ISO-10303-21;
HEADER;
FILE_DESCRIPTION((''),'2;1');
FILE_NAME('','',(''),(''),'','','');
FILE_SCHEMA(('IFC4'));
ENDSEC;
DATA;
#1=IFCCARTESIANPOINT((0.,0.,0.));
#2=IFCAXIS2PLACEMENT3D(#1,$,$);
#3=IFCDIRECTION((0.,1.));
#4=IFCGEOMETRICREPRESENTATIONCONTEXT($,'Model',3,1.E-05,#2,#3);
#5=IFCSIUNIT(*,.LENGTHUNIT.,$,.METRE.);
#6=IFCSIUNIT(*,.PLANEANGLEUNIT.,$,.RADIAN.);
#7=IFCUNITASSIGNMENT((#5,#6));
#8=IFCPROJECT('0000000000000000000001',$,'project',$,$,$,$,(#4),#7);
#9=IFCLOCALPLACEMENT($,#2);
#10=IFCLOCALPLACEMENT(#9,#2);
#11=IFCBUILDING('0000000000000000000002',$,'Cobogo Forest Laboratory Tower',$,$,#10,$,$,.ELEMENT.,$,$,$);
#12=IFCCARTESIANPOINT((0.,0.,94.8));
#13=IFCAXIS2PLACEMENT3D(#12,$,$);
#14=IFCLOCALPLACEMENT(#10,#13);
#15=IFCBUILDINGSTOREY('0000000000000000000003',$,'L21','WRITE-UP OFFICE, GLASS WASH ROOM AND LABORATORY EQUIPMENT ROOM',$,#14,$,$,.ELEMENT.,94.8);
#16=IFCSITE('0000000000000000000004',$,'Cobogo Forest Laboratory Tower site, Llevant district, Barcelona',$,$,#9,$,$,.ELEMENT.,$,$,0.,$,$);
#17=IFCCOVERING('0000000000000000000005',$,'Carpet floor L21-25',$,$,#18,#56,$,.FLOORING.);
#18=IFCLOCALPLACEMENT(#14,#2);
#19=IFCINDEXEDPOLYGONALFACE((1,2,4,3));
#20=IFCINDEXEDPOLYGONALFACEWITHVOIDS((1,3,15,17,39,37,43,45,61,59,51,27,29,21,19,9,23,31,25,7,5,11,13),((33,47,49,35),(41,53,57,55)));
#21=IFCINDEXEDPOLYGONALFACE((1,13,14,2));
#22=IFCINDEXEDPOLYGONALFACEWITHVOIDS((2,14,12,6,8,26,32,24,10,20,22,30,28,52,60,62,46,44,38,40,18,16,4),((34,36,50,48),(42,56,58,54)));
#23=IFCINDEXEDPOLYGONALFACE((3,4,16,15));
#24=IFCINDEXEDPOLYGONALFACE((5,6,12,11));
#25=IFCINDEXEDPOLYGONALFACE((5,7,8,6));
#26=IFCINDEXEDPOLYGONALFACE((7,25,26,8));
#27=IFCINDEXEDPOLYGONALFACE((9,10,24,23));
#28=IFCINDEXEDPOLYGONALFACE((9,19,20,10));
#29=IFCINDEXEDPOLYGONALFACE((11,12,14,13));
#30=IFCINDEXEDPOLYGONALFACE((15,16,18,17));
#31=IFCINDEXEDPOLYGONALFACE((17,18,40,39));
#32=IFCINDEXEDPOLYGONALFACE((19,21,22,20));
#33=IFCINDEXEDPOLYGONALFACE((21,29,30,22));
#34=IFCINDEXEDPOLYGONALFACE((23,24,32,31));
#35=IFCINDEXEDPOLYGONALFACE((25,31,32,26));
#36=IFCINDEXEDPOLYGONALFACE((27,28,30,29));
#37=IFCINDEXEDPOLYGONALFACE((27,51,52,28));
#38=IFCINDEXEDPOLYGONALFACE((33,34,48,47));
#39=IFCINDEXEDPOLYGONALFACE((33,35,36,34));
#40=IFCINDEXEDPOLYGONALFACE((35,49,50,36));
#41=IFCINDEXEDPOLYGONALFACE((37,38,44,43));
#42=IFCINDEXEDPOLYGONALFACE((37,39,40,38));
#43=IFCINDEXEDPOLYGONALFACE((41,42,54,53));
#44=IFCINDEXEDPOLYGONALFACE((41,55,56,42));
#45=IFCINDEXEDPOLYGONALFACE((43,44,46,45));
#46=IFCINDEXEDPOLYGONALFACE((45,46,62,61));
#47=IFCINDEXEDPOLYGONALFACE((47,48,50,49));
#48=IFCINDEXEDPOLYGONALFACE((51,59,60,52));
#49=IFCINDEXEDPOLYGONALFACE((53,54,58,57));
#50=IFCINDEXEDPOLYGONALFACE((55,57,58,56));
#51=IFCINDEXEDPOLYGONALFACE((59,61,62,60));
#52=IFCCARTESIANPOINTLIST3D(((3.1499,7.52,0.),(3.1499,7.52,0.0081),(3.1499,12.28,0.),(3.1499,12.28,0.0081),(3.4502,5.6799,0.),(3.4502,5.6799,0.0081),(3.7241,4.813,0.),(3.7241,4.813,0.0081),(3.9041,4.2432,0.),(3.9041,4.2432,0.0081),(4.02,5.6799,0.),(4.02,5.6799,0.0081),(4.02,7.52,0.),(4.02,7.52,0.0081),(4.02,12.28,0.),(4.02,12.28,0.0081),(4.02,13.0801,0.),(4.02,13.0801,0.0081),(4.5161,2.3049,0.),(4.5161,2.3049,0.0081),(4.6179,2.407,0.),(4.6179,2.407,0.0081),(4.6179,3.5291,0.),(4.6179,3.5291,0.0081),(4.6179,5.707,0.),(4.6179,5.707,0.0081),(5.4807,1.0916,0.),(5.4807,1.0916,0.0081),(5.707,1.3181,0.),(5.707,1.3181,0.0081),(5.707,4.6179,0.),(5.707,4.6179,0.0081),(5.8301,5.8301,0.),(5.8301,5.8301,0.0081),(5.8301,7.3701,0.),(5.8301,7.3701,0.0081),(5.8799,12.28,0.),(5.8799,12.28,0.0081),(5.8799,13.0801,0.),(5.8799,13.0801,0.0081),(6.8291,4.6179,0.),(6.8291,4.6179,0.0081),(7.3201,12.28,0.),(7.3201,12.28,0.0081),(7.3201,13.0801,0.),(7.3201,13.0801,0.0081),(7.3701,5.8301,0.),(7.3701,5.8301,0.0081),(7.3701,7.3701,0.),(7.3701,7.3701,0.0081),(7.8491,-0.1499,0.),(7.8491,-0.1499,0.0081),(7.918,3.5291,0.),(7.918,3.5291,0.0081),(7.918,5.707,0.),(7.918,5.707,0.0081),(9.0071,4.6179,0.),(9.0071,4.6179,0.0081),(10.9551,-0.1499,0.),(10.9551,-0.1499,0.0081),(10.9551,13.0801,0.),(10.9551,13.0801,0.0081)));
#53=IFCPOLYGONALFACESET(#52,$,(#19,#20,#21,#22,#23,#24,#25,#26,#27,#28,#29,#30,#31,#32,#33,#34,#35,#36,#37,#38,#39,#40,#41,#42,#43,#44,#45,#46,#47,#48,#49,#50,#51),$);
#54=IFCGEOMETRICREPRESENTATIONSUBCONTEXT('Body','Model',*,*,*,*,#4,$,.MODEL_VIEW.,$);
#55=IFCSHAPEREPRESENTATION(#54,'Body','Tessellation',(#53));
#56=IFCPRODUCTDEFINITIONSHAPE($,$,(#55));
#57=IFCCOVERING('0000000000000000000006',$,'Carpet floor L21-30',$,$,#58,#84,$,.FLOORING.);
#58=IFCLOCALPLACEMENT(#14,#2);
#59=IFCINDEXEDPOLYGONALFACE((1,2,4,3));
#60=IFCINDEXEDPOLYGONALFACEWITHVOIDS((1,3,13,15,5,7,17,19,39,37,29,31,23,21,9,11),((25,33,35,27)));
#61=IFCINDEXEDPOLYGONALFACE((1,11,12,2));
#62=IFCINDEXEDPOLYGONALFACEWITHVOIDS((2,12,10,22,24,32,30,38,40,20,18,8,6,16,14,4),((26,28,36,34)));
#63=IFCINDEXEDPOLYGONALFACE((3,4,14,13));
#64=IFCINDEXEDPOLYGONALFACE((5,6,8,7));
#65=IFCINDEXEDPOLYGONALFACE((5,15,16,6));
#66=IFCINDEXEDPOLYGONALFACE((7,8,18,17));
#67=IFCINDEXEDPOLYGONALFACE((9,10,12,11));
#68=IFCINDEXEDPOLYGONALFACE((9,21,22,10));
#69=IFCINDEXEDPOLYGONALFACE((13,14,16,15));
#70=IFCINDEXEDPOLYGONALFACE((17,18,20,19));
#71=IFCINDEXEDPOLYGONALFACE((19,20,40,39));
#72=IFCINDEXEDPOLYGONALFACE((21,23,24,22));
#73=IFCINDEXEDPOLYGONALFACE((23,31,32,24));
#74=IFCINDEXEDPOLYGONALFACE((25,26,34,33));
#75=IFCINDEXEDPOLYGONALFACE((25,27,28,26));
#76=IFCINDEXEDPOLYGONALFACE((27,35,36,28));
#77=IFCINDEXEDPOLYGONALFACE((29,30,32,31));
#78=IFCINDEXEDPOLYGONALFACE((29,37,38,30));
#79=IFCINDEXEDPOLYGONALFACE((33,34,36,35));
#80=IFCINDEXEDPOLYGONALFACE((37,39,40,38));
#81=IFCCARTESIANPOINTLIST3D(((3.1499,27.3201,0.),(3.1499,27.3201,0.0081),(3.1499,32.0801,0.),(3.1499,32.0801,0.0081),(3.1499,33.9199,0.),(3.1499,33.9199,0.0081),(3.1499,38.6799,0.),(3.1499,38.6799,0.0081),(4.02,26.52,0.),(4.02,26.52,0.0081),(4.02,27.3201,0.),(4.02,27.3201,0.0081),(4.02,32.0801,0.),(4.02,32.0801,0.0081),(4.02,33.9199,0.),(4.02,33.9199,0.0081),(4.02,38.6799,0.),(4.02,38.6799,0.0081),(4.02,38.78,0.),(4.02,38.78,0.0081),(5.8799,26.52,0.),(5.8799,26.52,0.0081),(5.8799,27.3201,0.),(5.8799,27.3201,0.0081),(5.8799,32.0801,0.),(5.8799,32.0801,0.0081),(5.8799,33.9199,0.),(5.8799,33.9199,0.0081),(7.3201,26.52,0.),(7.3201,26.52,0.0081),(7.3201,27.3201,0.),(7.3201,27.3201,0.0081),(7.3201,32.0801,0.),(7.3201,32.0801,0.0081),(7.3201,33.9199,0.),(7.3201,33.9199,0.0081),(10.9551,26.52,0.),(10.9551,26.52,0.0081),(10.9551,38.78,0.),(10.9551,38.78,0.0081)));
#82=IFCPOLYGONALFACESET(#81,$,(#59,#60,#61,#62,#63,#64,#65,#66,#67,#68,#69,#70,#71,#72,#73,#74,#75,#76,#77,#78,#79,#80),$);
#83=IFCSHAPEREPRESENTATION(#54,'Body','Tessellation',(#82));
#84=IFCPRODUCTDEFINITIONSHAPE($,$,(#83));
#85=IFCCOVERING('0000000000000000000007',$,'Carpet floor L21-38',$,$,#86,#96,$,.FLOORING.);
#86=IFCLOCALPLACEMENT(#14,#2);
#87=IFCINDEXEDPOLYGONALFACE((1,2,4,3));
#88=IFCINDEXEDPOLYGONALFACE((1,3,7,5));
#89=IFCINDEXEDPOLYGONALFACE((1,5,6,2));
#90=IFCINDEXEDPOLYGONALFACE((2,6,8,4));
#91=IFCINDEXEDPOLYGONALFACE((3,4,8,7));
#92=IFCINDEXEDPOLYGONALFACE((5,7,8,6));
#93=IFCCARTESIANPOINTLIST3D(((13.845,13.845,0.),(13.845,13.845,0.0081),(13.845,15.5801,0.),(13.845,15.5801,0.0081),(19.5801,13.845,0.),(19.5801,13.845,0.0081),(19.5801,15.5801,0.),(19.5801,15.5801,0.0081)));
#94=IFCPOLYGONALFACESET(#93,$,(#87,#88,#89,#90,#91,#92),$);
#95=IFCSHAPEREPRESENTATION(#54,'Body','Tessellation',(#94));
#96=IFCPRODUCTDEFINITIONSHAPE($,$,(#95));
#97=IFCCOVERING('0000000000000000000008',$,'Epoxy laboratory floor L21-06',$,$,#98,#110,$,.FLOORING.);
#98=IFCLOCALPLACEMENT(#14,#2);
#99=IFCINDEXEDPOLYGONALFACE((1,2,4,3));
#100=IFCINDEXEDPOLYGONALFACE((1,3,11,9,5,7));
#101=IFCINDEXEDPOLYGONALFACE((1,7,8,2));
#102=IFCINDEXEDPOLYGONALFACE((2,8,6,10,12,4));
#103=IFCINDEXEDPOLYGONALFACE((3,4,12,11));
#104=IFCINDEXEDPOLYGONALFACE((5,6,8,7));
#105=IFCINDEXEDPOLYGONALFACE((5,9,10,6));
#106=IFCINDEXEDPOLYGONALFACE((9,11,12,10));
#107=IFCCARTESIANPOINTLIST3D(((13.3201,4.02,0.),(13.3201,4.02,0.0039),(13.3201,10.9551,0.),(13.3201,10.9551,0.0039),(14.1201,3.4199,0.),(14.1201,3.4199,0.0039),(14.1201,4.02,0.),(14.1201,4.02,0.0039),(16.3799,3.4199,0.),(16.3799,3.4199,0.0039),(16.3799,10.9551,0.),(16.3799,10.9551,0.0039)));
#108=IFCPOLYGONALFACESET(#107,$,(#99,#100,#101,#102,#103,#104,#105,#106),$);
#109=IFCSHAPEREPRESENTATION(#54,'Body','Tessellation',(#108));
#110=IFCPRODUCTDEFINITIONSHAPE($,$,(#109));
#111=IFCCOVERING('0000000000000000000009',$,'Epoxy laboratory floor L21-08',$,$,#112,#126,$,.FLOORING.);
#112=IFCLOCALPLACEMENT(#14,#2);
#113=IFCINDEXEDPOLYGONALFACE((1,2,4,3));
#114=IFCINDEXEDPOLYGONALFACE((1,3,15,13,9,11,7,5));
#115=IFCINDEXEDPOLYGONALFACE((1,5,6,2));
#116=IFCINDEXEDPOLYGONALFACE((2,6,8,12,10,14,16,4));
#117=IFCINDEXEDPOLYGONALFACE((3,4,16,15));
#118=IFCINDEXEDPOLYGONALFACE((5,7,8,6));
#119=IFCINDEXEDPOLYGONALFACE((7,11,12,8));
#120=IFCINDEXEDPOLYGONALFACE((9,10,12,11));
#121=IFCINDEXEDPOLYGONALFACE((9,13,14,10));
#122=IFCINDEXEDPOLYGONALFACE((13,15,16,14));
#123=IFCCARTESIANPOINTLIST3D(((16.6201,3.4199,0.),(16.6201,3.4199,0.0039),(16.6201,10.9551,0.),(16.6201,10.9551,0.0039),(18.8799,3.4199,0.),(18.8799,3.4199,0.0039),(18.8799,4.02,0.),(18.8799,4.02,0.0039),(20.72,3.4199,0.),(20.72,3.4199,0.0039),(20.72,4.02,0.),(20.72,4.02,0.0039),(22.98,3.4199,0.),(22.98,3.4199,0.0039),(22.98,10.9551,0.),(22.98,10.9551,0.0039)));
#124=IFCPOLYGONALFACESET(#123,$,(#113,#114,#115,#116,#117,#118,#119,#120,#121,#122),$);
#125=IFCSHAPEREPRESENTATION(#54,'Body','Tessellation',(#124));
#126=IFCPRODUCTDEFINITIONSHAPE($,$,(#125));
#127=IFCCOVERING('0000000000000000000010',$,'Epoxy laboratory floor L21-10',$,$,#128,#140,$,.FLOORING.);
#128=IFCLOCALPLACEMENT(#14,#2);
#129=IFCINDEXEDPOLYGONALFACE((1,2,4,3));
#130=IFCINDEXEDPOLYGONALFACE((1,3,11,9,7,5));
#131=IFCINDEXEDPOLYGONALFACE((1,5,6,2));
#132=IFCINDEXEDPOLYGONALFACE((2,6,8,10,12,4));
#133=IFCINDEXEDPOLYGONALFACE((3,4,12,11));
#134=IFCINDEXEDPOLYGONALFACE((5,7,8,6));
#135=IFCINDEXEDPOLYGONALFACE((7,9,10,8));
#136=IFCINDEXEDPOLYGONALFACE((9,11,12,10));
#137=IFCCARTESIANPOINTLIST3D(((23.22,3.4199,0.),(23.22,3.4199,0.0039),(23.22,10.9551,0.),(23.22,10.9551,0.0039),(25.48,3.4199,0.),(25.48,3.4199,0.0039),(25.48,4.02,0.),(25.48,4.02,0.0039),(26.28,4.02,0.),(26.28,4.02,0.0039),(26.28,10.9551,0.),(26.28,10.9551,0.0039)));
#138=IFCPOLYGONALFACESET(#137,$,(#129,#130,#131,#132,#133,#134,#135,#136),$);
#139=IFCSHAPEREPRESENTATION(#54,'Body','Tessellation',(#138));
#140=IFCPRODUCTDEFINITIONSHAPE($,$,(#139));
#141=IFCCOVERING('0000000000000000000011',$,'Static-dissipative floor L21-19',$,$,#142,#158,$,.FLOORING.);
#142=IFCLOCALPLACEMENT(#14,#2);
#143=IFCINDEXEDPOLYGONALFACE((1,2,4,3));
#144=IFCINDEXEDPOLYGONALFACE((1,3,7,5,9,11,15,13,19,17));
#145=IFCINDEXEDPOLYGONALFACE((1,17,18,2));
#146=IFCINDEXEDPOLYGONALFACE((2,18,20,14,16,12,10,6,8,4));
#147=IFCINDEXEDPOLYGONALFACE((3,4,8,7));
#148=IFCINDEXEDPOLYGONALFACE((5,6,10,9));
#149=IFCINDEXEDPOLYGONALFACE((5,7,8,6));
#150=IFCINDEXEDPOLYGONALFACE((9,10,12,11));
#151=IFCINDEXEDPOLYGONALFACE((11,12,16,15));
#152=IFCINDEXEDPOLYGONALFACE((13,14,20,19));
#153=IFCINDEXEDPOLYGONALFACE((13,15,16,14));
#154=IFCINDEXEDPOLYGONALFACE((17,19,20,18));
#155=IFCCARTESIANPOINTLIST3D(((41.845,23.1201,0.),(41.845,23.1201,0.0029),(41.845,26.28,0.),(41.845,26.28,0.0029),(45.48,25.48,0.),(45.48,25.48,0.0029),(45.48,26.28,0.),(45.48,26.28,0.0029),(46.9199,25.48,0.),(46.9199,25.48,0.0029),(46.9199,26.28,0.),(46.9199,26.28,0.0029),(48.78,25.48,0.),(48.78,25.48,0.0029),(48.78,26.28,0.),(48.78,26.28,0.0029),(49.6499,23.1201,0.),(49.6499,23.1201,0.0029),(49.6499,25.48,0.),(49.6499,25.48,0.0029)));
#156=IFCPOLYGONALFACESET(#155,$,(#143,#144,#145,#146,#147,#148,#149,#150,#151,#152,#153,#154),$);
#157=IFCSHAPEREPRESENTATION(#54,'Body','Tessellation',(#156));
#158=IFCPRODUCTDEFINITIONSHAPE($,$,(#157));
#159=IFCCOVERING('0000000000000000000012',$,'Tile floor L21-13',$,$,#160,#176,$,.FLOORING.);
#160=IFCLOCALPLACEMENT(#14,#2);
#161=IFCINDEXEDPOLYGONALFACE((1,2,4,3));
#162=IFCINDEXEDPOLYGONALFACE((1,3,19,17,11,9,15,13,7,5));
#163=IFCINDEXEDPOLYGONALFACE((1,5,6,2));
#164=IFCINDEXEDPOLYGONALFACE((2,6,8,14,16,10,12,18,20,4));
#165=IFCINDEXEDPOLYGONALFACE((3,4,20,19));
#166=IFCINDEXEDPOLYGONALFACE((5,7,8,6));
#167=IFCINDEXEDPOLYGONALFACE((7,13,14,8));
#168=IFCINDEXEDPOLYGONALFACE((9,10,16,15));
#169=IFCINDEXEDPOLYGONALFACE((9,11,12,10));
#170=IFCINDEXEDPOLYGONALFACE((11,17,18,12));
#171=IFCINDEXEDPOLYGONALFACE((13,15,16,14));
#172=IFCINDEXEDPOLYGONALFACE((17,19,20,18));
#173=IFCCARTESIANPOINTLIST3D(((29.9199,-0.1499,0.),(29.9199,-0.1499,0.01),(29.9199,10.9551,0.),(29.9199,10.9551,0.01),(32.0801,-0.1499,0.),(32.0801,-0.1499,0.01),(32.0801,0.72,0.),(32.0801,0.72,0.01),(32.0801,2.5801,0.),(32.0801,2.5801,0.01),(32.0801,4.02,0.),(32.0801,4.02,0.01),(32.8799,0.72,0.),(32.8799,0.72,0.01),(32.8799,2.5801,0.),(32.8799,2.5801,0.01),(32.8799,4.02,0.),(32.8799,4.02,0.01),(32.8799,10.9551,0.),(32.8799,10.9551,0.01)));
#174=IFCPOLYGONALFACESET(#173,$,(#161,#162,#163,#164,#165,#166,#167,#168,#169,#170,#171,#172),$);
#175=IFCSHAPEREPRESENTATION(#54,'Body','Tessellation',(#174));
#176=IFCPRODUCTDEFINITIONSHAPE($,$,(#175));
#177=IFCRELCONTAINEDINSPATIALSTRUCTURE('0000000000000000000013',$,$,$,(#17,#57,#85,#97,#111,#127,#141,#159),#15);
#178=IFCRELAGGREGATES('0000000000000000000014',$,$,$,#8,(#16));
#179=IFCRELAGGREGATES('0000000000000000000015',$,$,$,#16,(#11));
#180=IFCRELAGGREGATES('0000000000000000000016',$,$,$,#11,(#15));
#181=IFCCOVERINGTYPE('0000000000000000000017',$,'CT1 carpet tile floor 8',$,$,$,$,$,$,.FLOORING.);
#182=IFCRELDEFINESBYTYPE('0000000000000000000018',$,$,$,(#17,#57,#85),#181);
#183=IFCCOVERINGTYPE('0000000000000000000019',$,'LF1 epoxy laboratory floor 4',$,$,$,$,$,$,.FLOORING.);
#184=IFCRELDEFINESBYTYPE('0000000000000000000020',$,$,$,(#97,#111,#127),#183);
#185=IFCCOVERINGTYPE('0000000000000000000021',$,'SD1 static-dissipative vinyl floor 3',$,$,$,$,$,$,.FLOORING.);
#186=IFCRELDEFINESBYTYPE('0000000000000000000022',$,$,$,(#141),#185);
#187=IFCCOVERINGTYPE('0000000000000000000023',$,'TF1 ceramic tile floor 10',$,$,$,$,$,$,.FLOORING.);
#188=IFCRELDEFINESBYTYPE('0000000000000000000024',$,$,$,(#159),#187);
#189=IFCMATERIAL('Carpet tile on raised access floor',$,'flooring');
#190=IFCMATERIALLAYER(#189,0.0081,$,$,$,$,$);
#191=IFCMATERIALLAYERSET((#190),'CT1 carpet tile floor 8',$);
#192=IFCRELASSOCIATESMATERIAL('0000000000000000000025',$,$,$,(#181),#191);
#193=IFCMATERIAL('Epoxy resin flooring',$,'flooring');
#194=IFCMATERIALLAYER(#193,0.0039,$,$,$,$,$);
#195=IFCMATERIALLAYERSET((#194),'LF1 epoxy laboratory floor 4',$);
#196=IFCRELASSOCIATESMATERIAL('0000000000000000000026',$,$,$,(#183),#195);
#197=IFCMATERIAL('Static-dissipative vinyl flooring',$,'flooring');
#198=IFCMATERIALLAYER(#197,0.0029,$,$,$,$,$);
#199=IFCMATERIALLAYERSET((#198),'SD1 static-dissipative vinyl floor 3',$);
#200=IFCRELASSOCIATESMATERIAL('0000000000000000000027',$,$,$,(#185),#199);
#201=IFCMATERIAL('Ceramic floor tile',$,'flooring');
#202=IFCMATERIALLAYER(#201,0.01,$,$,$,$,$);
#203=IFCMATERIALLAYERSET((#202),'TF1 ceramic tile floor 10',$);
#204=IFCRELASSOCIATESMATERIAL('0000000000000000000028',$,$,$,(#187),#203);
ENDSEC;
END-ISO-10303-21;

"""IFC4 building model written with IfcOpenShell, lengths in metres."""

from ifc_helpers import new_model, si_unit, direction, frame, origin, place, context, subcontext, project, spatial, polyline, outline, extrude, material, layer, layer_set, type_object, element, save


model = new_model("IFC4")

# Units and contexts
model_context = context("Model", 3, precision=1e-05, world=origin(), true_north=direction((0.0, 1.0)))
body_context = subcontext(model_context, "Body", "Model", "MODEL_VIEW")
ifc_project = project(units=[si_unit("LENGTHUNIT", "METRE"), si_unit("PLANEANGLEUNIT", "RADIAN")], contexts=[model_context])

# Site, building, storey
site_placement = place(None, origin())
site = spatial("IfcSite", under=ifc_project, at=site_placement, Name="Cobogo Forest Laboratory Tower site, Llevant district, Barcelona", CompositionType="ELEMENT", RefElevation=0.0)
building_placement = place(site_placement, origin())
building = spatial("IfcBuilding", under=site, at=building_placement, Name="Cobogo Forest Laboratory Tower", CompositionType="ELEMENT")
storey_placement = place(building_placement, frame((0.0, 0.0, 94.8)))
storey = spatial("IfcBuildingStorey", under=building, at=storey_placement, Name="L21", Description="WRITE-UP OFFICE, GLASS WASH ROOM AND LABORATORY EQUIPMENT ROOM", CompositionType="ELEMENT", Elevation=94.8)

# Coverings
ifc_material_1 = material(Name="Carpet tile on raised access floor", Category="flooring")
ifc_layer_1 = layer(ifc_material_1, 0.0081)
ifc_layer_set_1 = layer_set([ifc_layer_1], Name="CT1 carpet tile floor 8")
covering_type_1 = type_object("IfcCoveringType", Name="CT1 carpet tile floor 8", PredefinedType="FLOORING", material=ifc_layer_set_1)
covering_1_placement = place(storey_placement, origin())
element("IfcCovering", 1, at=covering_1_placement, inside=storey, type_object=covering_type_1, Name="Carpet floor L21-25", PredefinedType="FLOORING", context=body_context, shape_type="SweptSolid", body=[
    extrude(outline(polyline([(3.9041, 4.2432), (4.6179, 3.5291), (5.707, 4.6179), (4.6179, 5.707), (3.7241, 4.813), (3.4502, 5.6799), (4.02, 5.6799), (4.02, 7.52), (3.1499, 7.52), (3.1499, 12.28), (4.02, 12.28), (4.02, 13.0801), (5.8799, 13.0801), (5.8799, 12.28), (7.3201, 12.28), (7.3201, 13.0801), (10.9551, 13.0801), (10.9551, -0.1499), (7.8491, -0.1499), (5.4807, 1.0916), (5.707, 1.3181), (4.6179, 2.407), (4.5161, 2.3049), (3.9041, 4.2432)]), holes=[polyline([(6.8291, 4.6179), (7.918, 3.5291), (9.0071, 4.6179), (7.918, 5.707), (6.8291, 4.6179)]), polyline([(5.8301, 7.3701), (5.8301, 5.8301), (7.3701, 5.8301), (7.3701, 7.3701), (5.8301, 7.3701)])]), origin(), (0.0, 0.0, 1.0), 0.0081),
])
covering_2_placement = place(storey_placement, origin())
element("IfcCovering", 2, at=covering_2_placement, inside=storey, type_object=covering_type_1, Name="Carpet floor L21-30", PredefinedType="FLOORING", context=body_context, shape_type="SweptSolid", body=[
    extrude(outline(polyline([(4.02, 38.78), (10.9551, 38.78), (10.9551, 26.52), (7.3201, 26.52), (7.3201, 27.3201), (5.8799, 27.3201), (5.8799, 26.52), (4.02, 26.52), (4.02, 27.3201), (3.1499, 27.3201), (3.1499, 32.0801), (4.02, 32.0801), (4.02, 33.9199), (3.1499, 33.9199), (3.1499, 38.6799), (4.02, 38.6799), (4.02, 38.78)]), holes=[polyline([(5.8799, 32.0801), (7.3201, 32.0801), (7.3201, 33.9199), (5.8799, 33.9199), (5.8799, 32.0801)])]), origin(), (0.0, 0.0, 1.0), 0.0081),
])
covering_3_placement = place(storey_placement, origin())
element("IfcCovering", 3, at=covering_3_placement, inside=storey, type_object=covering_type_1, Name="Carpet floor L21-38", PredefinedType="FLOORING", context=body_context, shape_type="SweptSolid", body=[
    extrude(outline(polyline([(19.5801, 13.845), (13.845, 13.845), (13.845, 15.5801), (19.5801, 15.5801), (19.5801, 13.845)])), origin(), (0.0, 0.0, 1.0), 0.0081),
])
ifc_material_2 = material(Name="Epoxy resin flooring", Category="flooring")
ifc_layer_2 = layer(ifc_material_2, 0.0039)
ifc_layer_set_2 = layer_set([ifc_layer_2], Name="LF1 epoxy laboratory floor 4")
covering_type_2 = type_object("IfcCoveringType", Name="LF1 epoxy laboratory floor 4", PredefinedType="FLOORING", material=ifc_layer_set_2)
covering_4_placement = place(storey_placement, origin())
element("IfcCovering", 4, at=covering_4_placement, inside=storey, type_object=covering_type_2, Name="Epoxy laboratory floor L21-06", PredefinedType="FLOORING", context=body_context, shape_type="SweptSolid", body=[
    extrude(outline(polyline([(13.3201, 10.9551), (16.3799, 10.9551), (16.3799, 3.4199), (14.1201, 3.4199), (14.1201, 4.02), (13.3201, 4.02), (13.3201, 10.9551)])), origin(), (0.0, 0.0, 1.0), 0.0039),
])
covering_5_placement = place(storey_placement, origin())
element("IfcCovering", 5, at=covering_5_placement, inside=storey, type_object=covering_type_2, Name="Epoxy laboratory floor L21-08", PredefinedType="FLOORING", context=body_context, shape_type="SweptSolid", body=[
    extrude(outline(polyline([(16.6201, 10.9551), (22.98, 10.9551), (22.98, 3.4199), (20.72, 3.4199), (20.72, 4.02), (18.8799, 4.02), (18.8799, 3.4199), (16.6201, 3.4199), (16.6201, 10.9551)])), origin(), (0.0, 0.0, 1.0), 0.0039),
])
covering_6_placement = place(storey_placement, origin())
element("IfcCovering", 6, at=covering_6_placement, inside=storey, type_object=covering_type_2, Name="Epoxy laboratory floor L21-10", PredefinedType="FLOORING", context=body_context, shape_type="SweptSolid", body=[
    extrude(outline(polyline([(23.22, 10.9551), (26.28, 10.9551), (26.28, 4.02), (25.48, 4.02), (25.48, 3.4199), (23.22, 3.4199), (23.22, 10.9551)])), origin(), (0.0, 0.0, 1.0), 0.0039),
])
ifc_material_3 = material(Name="Static-dissipative vinyl flooring", Category="flooring")
ifc_layer_3 = layer(ifc_material_3, 0.0029)
ifc_layer_set_3 = layer_set([ifc_layer_3], Name="SD1 static-dissipative vinyl floor 3")
covering_type_3 = type_object("IfcCoveringType", Name="SD1 static-dissipative vinyl floor 3", PredefinedType="FLOORING", material=ifc_layer_set_3)
covering_7_placement = place(storey_placement, origin())
element("IfcCovering", 7, at=covering_7_placement, inside=storey, type_object=covering_type_3, Name="Static-dissipative floor L21-19", PredefinedType="FLOORING", context=body_context, shape_type="SweptSolid", body=[
    extrude(outline(polyline([(41.845, 26.28), (45.48, 26.28), (45.48, 25.48), (46.9199, 25.48), (46.9199, 26.28), (48.78, 26.28), (48.78, 25.48), (49.6499, 25.48), (49.6499, 23.1201), (41.845, 23.1201), (41.845, 26.28)])), origin(), (0.0, 0.0, 1.0), 0.0029),
])
ifc_material_4 = material(Name="Ceramic floor tile", Category="flooring")
ifc_layer_4 = layer(ifc_material_4, 0.01)
ifc_layer_set_4 = layer_set([ifc_layer_4], Name="TF1 ceramic tile floor 10")
covering_type_4 = type_object("IfcCoveringType", Name="TF1 ceramic tile floor 10", PredefinedType="FLOORING", material=ifc_layer_set_4)
covering_8_placement = place(storey_placement, origin())
element("IfcCovering", 8, at=covering_8_placement, inside=storey, type_object=covering_type_4, Name="Tile floor L21-13", PredefinedType="FLOORING", context=body_context, shape_type="SweptSolid", body=[
    extrude(outline(polyline([(32.8799, 10.9551), (32.8799, 4.02), (32.0801, 4.02), (32.0801, 2.5801), (32.8799, 2.5801), (32.8799, 0.72), (32.0801, 0.72), (32.0801, -0.1499), (29.9199, -0.1499), (29.9199, 10.9551), (32.8799, 10.9551)])), origin(), (0.0, 0.0, 1.0), 0.01),
])

save(model, "model.ifc")
